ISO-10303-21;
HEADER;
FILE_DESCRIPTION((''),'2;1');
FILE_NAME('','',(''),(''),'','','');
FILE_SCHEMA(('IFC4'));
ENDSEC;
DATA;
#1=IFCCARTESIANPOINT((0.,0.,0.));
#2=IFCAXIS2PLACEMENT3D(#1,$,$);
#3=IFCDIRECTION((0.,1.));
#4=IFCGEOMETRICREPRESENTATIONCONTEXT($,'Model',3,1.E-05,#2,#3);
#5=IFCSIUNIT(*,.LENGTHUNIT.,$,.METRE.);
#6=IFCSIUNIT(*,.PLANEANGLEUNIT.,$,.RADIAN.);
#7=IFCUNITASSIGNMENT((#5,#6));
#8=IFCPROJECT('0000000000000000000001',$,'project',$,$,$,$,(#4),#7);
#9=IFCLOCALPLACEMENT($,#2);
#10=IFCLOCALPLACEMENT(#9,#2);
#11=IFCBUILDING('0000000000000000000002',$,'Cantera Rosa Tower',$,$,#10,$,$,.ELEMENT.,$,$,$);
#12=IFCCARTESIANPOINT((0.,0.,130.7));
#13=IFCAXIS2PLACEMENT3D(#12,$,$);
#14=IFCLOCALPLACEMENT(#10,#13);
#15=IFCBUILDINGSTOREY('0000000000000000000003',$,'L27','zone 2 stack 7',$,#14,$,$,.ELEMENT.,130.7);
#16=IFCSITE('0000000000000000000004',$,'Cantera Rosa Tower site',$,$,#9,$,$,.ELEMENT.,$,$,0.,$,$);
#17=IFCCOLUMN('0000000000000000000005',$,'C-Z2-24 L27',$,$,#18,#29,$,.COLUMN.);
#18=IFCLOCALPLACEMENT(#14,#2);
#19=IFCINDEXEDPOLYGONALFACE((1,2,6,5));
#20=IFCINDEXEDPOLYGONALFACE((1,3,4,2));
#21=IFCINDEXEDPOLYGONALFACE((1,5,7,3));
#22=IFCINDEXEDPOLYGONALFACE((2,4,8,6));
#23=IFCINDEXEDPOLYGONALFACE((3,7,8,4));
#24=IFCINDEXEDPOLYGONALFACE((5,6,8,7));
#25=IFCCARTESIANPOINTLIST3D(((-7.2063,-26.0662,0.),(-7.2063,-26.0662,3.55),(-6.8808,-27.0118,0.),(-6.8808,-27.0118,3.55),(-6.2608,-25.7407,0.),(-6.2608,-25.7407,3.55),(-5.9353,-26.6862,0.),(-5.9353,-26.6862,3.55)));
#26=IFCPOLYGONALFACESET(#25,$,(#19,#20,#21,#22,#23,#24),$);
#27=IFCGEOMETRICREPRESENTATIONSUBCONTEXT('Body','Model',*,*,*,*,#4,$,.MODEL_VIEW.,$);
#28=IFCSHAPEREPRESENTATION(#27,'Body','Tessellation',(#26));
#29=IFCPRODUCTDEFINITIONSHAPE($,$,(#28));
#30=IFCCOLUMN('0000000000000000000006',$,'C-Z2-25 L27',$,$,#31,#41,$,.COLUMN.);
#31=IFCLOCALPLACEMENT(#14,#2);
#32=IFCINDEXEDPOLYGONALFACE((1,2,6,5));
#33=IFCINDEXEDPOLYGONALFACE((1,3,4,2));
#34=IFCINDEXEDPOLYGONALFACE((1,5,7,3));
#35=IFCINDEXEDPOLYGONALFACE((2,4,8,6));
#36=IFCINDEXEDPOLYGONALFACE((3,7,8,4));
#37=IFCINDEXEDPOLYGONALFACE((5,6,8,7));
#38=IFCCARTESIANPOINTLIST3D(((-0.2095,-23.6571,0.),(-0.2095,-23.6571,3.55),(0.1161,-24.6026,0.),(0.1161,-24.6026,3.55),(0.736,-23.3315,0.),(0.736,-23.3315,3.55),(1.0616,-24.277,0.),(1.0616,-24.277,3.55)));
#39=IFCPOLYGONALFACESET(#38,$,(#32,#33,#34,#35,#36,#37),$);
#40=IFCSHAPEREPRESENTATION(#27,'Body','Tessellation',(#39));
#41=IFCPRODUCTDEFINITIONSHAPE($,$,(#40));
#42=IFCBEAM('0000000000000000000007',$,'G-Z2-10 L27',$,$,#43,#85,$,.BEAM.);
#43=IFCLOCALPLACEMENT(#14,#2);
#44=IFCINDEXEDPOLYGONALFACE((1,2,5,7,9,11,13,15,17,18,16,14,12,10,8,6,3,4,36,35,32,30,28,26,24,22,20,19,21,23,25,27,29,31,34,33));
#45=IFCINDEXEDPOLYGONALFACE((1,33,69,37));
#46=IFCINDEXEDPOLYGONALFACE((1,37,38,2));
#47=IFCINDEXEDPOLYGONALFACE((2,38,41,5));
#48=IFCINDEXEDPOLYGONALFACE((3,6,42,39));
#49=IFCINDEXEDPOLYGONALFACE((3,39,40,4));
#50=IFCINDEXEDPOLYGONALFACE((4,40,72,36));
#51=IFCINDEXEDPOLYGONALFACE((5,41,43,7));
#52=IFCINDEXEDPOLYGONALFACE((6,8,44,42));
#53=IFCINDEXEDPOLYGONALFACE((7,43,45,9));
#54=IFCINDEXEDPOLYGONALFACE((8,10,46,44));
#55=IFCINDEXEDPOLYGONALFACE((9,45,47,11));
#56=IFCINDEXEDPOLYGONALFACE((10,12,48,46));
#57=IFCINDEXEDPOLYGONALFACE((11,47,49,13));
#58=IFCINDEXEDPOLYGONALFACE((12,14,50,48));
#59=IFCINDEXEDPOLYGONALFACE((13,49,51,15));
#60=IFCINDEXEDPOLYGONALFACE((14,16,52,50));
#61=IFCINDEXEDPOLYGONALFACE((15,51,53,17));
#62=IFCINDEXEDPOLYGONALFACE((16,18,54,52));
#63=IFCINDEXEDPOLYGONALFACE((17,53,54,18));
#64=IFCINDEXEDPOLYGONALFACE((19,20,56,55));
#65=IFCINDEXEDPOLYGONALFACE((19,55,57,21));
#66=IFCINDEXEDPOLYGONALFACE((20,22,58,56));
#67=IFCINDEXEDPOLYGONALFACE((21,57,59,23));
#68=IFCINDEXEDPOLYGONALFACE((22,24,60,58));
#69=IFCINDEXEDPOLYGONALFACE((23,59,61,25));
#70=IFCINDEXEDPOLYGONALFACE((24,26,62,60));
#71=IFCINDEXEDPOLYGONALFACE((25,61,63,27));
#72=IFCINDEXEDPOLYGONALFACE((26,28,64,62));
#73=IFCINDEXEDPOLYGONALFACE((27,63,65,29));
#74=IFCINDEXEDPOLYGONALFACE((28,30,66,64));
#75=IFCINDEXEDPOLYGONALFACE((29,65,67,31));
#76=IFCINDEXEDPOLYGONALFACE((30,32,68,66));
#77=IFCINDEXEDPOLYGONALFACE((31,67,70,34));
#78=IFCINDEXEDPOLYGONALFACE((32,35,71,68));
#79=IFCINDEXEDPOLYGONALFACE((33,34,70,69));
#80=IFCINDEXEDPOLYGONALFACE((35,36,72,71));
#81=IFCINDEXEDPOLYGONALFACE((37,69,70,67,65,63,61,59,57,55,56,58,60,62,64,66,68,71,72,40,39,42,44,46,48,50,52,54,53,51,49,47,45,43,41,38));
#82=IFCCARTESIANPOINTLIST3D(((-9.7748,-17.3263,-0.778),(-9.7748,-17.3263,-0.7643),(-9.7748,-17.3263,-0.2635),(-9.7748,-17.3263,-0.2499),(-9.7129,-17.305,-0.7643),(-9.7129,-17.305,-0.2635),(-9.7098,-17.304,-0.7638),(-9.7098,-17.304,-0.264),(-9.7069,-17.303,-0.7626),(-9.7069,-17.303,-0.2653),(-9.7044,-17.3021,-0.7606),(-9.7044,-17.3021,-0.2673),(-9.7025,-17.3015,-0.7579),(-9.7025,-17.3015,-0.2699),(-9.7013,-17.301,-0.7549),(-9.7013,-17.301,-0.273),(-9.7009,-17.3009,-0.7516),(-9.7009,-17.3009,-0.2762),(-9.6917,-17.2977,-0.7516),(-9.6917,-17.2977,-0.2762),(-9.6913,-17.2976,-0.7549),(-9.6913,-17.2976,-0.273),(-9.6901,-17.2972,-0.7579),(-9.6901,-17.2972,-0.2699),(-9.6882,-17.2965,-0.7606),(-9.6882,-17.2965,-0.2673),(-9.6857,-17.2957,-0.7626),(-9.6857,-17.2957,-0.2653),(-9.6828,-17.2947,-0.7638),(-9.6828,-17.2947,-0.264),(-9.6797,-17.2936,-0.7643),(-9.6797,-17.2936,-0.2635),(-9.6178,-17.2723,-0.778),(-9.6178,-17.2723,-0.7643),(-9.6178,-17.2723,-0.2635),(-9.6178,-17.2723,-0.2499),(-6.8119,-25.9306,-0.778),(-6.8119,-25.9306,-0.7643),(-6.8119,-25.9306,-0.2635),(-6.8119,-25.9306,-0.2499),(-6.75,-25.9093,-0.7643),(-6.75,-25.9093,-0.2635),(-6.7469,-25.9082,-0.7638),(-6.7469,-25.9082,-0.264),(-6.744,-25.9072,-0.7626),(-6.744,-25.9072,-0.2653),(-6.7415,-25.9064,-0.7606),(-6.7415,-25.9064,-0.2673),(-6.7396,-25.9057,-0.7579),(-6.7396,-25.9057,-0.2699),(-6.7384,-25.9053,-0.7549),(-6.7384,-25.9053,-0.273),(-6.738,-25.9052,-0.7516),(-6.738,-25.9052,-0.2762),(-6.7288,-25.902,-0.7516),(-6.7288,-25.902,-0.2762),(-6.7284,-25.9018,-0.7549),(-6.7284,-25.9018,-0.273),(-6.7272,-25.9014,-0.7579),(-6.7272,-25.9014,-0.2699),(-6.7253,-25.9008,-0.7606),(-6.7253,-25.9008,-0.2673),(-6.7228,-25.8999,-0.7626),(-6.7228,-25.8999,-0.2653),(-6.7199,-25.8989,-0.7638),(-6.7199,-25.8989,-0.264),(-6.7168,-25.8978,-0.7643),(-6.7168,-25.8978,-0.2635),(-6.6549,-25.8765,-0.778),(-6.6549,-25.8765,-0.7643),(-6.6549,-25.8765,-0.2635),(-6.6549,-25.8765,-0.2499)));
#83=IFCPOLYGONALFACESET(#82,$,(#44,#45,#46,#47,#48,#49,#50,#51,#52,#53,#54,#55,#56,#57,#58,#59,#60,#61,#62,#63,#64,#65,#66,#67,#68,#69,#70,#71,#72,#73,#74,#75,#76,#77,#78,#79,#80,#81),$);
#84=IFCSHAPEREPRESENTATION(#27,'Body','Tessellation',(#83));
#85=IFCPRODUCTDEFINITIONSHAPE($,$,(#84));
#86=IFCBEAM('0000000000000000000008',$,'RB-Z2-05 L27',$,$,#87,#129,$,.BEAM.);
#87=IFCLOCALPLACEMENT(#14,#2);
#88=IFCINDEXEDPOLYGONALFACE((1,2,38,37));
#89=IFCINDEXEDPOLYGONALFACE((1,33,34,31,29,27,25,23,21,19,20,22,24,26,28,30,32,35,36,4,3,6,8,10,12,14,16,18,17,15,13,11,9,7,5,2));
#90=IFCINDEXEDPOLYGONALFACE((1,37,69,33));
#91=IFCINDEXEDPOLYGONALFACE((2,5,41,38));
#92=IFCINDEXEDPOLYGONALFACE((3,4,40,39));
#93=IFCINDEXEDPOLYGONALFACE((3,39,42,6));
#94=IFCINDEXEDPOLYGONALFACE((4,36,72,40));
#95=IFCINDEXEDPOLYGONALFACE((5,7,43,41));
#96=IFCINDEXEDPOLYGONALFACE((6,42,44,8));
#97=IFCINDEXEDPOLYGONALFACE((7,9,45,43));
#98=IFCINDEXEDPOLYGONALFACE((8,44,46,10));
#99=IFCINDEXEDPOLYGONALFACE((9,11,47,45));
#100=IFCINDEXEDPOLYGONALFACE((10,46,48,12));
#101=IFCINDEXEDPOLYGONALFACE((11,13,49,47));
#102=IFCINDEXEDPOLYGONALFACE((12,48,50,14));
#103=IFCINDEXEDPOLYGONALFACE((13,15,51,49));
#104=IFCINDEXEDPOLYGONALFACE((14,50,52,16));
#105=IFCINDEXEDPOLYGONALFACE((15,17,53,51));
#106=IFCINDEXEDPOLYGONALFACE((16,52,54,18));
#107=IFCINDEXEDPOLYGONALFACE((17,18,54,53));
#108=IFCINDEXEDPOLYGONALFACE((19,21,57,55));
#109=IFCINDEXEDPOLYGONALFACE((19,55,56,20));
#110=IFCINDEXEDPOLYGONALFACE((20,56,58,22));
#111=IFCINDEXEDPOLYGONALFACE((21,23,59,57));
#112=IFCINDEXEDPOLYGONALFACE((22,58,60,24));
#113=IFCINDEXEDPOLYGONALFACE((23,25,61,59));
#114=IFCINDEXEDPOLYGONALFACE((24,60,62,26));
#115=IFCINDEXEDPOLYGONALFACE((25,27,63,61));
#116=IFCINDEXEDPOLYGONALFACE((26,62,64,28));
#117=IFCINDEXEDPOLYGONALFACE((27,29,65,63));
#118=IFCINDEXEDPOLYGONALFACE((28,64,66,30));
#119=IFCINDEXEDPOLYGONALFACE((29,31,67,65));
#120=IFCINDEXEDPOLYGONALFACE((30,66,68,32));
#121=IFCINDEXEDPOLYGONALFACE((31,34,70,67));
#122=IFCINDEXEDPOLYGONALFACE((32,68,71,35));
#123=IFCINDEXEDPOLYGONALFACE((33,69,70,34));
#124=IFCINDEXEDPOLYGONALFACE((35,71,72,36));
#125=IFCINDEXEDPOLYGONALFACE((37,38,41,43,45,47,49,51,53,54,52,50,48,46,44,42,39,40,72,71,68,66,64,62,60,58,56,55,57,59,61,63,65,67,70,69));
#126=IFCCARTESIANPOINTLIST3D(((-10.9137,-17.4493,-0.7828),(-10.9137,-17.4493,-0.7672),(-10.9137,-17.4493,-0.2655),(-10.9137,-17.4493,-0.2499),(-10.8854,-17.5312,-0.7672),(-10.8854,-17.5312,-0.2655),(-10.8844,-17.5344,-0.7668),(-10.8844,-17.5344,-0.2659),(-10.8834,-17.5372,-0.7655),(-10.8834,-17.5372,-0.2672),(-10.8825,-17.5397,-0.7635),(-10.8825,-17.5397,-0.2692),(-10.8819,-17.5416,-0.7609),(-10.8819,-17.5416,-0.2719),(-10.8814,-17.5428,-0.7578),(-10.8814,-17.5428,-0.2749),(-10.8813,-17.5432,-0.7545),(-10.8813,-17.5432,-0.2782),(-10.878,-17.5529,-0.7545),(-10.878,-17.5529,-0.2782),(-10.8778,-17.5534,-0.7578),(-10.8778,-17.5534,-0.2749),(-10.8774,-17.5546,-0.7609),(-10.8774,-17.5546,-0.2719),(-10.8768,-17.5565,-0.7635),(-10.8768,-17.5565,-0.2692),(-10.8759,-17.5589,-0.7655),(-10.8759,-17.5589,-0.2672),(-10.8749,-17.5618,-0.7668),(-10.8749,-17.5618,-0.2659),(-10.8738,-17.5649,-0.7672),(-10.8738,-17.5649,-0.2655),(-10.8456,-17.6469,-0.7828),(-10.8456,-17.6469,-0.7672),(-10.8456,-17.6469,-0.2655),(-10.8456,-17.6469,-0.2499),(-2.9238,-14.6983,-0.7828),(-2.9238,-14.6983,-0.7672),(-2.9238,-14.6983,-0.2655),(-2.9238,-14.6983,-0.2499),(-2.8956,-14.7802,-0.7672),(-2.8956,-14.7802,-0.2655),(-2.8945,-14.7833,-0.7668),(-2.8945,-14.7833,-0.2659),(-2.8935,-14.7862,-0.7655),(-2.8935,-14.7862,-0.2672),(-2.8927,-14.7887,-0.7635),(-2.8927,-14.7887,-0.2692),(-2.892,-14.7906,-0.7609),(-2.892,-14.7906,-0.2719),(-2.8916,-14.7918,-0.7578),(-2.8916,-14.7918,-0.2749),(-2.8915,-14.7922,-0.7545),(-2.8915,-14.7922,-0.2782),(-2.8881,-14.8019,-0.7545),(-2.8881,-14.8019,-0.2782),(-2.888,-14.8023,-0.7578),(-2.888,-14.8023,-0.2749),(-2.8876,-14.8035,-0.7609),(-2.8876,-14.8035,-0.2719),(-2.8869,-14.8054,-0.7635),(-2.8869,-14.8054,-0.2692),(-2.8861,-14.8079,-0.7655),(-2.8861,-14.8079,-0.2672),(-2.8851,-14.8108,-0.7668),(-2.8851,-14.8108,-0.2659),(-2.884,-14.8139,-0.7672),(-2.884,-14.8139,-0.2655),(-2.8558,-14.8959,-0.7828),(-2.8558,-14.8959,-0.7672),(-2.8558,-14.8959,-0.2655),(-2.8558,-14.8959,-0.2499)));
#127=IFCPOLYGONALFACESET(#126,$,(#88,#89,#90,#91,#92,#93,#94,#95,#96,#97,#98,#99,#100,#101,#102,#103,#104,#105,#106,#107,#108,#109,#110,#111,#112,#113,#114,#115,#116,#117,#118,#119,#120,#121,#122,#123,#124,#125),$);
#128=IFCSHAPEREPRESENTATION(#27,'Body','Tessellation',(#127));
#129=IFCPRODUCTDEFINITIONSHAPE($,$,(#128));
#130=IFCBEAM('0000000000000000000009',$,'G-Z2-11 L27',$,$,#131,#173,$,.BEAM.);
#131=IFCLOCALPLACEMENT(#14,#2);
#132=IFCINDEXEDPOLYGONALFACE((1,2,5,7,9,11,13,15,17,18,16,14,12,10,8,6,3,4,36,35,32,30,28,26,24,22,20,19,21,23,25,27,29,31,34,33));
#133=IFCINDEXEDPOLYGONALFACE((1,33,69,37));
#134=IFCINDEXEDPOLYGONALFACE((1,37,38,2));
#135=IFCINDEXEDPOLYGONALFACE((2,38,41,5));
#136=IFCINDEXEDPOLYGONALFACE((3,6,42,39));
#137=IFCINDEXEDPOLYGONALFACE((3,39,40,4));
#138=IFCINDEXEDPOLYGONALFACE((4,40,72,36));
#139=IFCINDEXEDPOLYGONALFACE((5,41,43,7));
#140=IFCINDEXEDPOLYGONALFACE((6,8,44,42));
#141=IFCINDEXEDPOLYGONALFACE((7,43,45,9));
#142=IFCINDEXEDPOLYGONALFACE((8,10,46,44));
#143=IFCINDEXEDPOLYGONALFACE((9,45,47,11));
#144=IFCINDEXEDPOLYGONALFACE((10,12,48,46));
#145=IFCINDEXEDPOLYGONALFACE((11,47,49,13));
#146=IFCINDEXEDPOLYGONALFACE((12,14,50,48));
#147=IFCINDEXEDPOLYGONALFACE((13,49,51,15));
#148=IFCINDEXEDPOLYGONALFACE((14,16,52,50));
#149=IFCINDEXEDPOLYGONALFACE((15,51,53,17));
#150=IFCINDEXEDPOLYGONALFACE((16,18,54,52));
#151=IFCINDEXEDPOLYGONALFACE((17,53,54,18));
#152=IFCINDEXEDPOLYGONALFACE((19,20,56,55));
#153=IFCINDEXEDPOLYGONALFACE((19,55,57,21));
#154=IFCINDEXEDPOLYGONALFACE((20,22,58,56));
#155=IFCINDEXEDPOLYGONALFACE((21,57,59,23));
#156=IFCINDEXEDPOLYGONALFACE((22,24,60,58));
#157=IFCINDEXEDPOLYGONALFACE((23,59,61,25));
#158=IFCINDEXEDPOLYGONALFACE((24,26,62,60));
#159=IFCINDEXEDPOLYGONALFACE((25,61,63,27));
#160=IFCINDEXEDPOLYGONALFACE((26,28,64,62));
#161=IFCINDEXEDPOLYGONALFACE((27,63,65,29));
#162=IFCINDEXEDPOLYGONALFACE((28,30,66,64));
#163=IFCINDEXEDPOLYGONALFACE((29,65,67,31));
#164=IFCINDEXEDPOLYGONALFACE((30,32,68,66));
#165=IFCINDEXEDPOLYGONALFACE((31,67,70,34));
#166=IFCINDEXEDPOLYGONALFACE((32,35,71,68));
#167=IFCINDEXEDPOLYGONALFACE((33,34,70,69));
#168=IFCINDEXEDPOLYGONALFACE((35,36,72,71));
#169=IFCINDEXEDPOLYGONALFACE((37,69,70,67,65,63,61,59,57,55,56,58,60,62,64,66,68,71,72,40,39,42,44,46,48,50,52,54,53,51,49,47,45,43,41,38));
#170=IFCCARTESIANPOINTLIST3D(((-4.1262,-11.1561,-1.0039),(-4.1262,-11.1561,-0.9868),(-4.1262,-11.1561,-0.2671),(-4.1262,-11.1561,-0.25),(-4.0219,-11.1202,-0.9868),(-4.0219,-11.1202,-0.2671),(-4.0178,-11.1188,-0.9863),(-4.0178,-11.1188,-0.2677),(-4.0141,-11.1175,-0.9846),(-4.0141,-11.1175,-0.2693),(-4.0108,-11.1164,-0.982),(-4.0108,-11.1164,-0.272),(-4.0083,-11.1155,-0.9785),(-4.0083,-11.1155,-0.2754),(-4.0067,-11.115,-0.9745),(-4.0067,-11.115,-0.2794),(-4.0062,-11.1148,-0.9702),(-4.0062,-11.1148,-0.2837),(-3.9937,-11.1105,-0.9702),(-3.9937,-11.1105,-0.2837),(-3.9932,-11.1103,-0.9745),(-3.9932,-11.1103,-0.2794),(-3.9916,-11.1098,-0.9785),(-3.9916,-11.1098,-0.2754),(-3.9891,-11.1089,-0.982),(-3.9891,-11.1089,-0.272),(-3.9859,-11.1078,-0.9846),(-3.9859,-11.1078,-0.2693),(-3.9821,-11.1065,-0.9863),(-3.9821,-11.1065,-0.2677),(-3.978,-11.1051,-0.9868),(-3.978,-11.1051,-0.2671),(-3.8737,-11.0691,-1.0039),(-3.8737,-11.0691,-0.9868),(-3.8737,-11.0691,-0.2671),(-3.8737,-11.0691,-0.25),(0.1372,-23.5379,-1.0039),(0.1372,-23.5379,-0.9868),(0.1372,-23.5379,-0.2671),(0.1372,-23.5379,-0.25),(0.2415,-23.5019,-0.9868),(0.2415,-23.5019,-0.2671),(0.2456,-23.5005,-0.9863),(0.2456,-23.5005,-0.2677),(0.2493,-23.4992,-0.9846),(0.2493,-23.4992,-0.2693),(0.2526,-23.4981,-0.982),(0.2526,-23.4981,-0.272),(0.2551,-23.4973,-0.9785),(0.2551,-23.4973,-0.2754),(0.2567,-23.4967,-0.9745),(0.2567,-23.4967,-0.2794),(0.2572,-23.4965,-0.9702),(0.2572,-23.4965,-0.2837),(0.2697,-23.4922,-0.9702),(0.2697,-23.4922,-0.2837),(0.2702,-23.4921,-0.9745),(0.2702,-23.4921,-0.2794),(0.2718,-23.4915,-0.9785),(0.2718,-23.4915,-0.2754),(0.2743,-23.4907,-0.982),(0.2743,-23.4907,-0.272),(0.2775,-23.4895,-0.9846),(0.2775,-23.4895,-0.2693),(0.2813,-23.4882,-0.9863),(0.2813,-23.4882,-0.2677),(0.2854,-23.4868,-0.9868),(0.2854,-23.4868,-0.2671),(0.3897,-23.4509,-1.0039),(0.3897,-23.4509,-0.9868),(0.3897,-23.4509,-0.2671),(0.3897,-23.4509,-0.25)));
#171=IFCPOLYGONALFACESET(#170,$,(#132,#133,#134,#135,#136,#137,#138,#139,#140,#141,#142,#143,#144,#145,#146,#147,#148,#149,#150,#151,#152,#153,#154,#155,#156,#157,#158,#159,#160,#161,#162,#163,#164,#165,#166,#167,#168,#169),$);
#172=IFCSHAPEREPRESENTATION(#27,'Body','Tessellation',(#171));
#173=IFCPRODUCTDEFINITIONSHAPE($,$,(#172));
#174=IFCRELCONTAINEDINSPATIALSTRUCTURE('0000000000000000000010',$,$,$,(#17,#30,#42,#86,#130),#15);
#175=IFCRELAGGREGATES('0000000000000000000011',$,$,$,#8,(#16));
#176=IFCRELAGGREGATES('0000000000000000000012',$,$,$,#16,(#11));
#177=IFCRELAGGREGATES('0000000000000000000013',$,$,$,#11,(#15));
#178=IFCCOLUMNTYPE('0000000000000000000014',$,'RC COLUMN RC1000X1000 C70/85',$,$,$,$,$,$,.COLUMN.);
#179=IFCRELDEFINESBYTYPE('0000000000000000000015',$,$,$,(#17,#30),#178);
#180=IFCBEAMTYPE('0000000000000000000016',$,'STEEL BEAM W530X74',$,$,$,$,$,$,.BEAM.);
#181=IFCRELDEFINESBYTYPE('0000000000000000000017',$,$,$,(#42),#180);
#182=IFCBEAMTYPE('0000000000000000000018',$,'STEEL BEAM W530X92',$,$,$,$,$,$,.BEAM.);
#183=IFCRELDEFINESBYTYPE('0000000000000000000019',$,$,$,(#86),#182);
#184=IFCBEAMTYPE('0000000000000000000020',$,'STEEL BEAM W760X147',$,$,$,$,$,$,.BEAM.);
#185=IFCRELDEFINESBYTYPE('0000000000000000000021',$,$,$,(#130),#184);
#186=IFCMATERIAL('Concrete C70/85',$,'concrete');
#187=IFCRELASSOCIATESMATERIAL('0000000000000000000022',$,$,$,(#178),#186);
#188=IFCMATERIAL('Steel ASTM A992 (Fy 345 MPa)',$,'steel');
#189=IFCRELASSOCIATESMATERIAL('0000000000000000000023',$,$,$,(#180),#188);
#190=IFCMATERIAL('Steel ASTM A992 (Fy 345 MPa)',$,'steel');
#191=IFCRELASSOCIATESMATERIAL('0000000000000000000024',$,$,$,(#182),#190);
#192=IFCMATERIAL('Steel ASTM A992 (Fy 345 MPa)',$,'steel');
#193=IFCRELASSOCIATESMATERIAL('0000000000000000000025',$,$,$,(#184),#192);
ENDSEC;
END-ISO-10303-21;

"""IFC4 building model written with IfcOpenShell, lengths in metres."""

from ifc_helpers import new_model, si_unit, direction, frame, origin, origin_2d, place, context, subcontext, project, spatial, rectangle, i_section, extrude, material, material_profile, profile_set, type_object, element, save


model = new_model("IFC4")

# Units and contexts
model_context = context("Model", 3, precision=1e-05, world=origin(), true_north=direction((0.0, 1.0)))
body_context = subcontext(model_context, "Body", "Model", "MODEL_VIEW")
ifc_project = project(units=[si_unit("LENGTHUNIT", "METRE"), si_unit("PLANEANGLEUNIT", "RADIAN")], contexts=[model_context])

# Site, building, storey
site_placement = place(None, origin())
site = spatial("IfcSite", under=ifc_project, at=site_placement, Name="Cantera Rosa Tower site", CompositionType="ELEMENT", RefElevation=0.0)
building_placement = place(site_placement, origin())
building = spatial("IfcBuilding", under=site, at=building_placement, Name="Cantera Rosa Tower", CompositionType="ELEMENT")
storey_placement = place(building_placement, frame((0.0, 0.0, 130.7)))
storey = spatial("IfcBuildingStorey", under=building, at=storey_placement, Name="L27", Description="zone 2 stack 7", CompositionType="ELEMENT", Elevation=130.7)

# Columns
ifc_material_1 = material(Name="Concrete C70/85", Category="concrete")
ifc_material_profile_1 = material_profile(ifc_material_1, rectangle(XDim=1.0, YDim=1.0, at=origin_2d()), Name="RC COLUMN RC1000X1000 C70/85")
ifc_profile_set_1 = profile_set([ifc_material_profile_1], Name="Concrete C70/85")
column_type = type_object("IfcColumnType", Name="RC COLUMN RC1000X1000 C70/85", PredefinedType="COLUMN", material=ifc_profile_set_1)
for number, where, z_axis, x_axis, name in (
    (1, (-6.5708, -26.3762, 0.0), (0.0, 0.0, 1.0), (0.945519, 0.325568, 0.0), "C-Z2-24 L27"),
    (2, (0.426, -23.967, 0.0), (0.0, 0.0, 1.0), (0.945519, 0.325568, 0.0), "C-Z2-25 L27"),
):
    element("IfcColumn", number, at=place(storey_placement, frame(where, z_axis=z_axis, x_axis=x_axis)), inside=storey, type_object=column_type, Name=name, PredefinedType="COLUMN", context=body_context, shape_type="SweptSolid", body=[
        extrude(rectangle(XDim=1.0, YDim=1.0, at=origin_2d()), origin(), (0.0, 0.0, 1.0), 3.55),
    ])

# Beams
ifc_material_2 = material(Name="Steel ASTM A992 (Fy 345 MPa)", Category="steel")
ifc_material_profile_2 = material_profile(ifc_material_2, i_section(OverallWidth=0.166, OverallDepth=0.5281, WebThickness=0.0098, FlangeThickness=0.0137, FilletRadius=0.0127, at=origin_2d()), Name="W530X74")
ifc_profile_set_2 = profile_set([ifc_material_profile_2], Name="Steel ASTM A992 (Fy 345 MPa)")
beam_type_1 = type_object("IfcBeamType", Name="STEEL BEAM W530X74", PredefinedType="BEAM", material=ifc_profile_set_2)
beam_1_placement = place(storey_placement, frame((-6.7334, -25.9036, -0.5139), z_axis=(-0.325589, 0.945511, 0.0), x_axis=(-0.945511, -0.325589, 0.0)))
element("IfcBeam", 3, at=beam_1_placement, inside=storey, type_object=beam_type_1, Name="G-Z2-10 L27", PredefinedType="BEAM", context=body_context, shape_type="SweptSolid", body=[
    extrude(i_section(OverallWidth=0.166, OverallDepth=0.5281, WebThickness=0.0098, FlangeThickness=0.0137, FilletRadius=0.0127, at=origin_2d()), origin(), (0.0, 0.0, 1.0), 9.1001),
])
ifc_material_3 = material(Name="Steel ASTM A992 (Fy 345 MPa)", Category="steel")
ifc_material_profile_3 = material_profile(ifc_material_3, i_section(OverallWidth=0.209, OverallDepth=0.533, WebThickness=0.0103, FlangeThickness=0.0156, FilletRadius=0.0127, at=origin_2d()), Name="W530X92")
ifc_profile_set_3 = profile_set([ifc_material_profile_3], Name="Steel ASTM A992 (Fy 345 MPa)")
beam_type_2 = type_object("IfcBeamType", Name="STEEL BEAM W530X92", PredefinedType="BEAM", material=ifc_profile_set_3)
beam_2_placement = place(storey_placement, frame((-10.8796, -17.5481, -0.5164), z_axis=(0.945523, 0.325556, 0.0), x_axis=(-0.325556, 0.945523, 0.0)))
element("IfcBeam", 4, at=beam_2_placement, inside=storey, type_object=beam_type_2, Name="RB-Z2-05 L27", PredefinedType="BEAM", context=body_context, shape_type="SweptSolid", body=[
    extrude(i_section(OverallWidth=0.209, OverallDepth=0.533, WebThickness=0.0103, FlangeThickness=0.0156, FilletRadius=0.0127, at=origin_2d()), origin(), (0.0, 0.0, 1.0), 8.4502),
])
ifc_material_4 = material(Name="Steel ASTM A992 (Fy 345 MPa)", Category="steel")
ifc_material_profile_4 = material_profile(ifc_material_4, i_section(OverallWidth=0.2671, OverallDepth=0.7539, WebThickness=0.0132, FlangeThickness=0.0171, FilletRadius=0.0166, at=origin_2d()), Name="W760X147")
ifc_profile_set_4 = profile_set([ifc_material_profile_4], Name="Steel ASTM A992 (Fy 345 MPa)")
beam_type_3 = type_object("IfcBeamType", Name="STEEL BEAM W760X147", PredefinedType="BEAM", material=ifc_profile_set_4)
beam_3_placement = place(storey_placement, frame((0.2634, -23.4944, -0.627), z_axis=(-0.32557, 0.945518, 0.0), x_axis=(-0.945518, -0.32557, 0.0)))
element("IfcBeam", 5, at=beam_3_placement, inside=storey, type_object=beam_type_3, Name="G-Z2-11 L27", PredefinedType="BEAM", context=body_context, shape_type="SweptSolid", body=[
    extrude(i_section(OverallWidth=0.2671, OverallDepth=0.7539, WebThickness=0.0132, FlangeThickness=0.0171, FilletRadius=0.0166, at=origin_2d()), origin(), (0.0, 0.0, 1.0), 13.0952),
])

save(model, "model.ifc")
